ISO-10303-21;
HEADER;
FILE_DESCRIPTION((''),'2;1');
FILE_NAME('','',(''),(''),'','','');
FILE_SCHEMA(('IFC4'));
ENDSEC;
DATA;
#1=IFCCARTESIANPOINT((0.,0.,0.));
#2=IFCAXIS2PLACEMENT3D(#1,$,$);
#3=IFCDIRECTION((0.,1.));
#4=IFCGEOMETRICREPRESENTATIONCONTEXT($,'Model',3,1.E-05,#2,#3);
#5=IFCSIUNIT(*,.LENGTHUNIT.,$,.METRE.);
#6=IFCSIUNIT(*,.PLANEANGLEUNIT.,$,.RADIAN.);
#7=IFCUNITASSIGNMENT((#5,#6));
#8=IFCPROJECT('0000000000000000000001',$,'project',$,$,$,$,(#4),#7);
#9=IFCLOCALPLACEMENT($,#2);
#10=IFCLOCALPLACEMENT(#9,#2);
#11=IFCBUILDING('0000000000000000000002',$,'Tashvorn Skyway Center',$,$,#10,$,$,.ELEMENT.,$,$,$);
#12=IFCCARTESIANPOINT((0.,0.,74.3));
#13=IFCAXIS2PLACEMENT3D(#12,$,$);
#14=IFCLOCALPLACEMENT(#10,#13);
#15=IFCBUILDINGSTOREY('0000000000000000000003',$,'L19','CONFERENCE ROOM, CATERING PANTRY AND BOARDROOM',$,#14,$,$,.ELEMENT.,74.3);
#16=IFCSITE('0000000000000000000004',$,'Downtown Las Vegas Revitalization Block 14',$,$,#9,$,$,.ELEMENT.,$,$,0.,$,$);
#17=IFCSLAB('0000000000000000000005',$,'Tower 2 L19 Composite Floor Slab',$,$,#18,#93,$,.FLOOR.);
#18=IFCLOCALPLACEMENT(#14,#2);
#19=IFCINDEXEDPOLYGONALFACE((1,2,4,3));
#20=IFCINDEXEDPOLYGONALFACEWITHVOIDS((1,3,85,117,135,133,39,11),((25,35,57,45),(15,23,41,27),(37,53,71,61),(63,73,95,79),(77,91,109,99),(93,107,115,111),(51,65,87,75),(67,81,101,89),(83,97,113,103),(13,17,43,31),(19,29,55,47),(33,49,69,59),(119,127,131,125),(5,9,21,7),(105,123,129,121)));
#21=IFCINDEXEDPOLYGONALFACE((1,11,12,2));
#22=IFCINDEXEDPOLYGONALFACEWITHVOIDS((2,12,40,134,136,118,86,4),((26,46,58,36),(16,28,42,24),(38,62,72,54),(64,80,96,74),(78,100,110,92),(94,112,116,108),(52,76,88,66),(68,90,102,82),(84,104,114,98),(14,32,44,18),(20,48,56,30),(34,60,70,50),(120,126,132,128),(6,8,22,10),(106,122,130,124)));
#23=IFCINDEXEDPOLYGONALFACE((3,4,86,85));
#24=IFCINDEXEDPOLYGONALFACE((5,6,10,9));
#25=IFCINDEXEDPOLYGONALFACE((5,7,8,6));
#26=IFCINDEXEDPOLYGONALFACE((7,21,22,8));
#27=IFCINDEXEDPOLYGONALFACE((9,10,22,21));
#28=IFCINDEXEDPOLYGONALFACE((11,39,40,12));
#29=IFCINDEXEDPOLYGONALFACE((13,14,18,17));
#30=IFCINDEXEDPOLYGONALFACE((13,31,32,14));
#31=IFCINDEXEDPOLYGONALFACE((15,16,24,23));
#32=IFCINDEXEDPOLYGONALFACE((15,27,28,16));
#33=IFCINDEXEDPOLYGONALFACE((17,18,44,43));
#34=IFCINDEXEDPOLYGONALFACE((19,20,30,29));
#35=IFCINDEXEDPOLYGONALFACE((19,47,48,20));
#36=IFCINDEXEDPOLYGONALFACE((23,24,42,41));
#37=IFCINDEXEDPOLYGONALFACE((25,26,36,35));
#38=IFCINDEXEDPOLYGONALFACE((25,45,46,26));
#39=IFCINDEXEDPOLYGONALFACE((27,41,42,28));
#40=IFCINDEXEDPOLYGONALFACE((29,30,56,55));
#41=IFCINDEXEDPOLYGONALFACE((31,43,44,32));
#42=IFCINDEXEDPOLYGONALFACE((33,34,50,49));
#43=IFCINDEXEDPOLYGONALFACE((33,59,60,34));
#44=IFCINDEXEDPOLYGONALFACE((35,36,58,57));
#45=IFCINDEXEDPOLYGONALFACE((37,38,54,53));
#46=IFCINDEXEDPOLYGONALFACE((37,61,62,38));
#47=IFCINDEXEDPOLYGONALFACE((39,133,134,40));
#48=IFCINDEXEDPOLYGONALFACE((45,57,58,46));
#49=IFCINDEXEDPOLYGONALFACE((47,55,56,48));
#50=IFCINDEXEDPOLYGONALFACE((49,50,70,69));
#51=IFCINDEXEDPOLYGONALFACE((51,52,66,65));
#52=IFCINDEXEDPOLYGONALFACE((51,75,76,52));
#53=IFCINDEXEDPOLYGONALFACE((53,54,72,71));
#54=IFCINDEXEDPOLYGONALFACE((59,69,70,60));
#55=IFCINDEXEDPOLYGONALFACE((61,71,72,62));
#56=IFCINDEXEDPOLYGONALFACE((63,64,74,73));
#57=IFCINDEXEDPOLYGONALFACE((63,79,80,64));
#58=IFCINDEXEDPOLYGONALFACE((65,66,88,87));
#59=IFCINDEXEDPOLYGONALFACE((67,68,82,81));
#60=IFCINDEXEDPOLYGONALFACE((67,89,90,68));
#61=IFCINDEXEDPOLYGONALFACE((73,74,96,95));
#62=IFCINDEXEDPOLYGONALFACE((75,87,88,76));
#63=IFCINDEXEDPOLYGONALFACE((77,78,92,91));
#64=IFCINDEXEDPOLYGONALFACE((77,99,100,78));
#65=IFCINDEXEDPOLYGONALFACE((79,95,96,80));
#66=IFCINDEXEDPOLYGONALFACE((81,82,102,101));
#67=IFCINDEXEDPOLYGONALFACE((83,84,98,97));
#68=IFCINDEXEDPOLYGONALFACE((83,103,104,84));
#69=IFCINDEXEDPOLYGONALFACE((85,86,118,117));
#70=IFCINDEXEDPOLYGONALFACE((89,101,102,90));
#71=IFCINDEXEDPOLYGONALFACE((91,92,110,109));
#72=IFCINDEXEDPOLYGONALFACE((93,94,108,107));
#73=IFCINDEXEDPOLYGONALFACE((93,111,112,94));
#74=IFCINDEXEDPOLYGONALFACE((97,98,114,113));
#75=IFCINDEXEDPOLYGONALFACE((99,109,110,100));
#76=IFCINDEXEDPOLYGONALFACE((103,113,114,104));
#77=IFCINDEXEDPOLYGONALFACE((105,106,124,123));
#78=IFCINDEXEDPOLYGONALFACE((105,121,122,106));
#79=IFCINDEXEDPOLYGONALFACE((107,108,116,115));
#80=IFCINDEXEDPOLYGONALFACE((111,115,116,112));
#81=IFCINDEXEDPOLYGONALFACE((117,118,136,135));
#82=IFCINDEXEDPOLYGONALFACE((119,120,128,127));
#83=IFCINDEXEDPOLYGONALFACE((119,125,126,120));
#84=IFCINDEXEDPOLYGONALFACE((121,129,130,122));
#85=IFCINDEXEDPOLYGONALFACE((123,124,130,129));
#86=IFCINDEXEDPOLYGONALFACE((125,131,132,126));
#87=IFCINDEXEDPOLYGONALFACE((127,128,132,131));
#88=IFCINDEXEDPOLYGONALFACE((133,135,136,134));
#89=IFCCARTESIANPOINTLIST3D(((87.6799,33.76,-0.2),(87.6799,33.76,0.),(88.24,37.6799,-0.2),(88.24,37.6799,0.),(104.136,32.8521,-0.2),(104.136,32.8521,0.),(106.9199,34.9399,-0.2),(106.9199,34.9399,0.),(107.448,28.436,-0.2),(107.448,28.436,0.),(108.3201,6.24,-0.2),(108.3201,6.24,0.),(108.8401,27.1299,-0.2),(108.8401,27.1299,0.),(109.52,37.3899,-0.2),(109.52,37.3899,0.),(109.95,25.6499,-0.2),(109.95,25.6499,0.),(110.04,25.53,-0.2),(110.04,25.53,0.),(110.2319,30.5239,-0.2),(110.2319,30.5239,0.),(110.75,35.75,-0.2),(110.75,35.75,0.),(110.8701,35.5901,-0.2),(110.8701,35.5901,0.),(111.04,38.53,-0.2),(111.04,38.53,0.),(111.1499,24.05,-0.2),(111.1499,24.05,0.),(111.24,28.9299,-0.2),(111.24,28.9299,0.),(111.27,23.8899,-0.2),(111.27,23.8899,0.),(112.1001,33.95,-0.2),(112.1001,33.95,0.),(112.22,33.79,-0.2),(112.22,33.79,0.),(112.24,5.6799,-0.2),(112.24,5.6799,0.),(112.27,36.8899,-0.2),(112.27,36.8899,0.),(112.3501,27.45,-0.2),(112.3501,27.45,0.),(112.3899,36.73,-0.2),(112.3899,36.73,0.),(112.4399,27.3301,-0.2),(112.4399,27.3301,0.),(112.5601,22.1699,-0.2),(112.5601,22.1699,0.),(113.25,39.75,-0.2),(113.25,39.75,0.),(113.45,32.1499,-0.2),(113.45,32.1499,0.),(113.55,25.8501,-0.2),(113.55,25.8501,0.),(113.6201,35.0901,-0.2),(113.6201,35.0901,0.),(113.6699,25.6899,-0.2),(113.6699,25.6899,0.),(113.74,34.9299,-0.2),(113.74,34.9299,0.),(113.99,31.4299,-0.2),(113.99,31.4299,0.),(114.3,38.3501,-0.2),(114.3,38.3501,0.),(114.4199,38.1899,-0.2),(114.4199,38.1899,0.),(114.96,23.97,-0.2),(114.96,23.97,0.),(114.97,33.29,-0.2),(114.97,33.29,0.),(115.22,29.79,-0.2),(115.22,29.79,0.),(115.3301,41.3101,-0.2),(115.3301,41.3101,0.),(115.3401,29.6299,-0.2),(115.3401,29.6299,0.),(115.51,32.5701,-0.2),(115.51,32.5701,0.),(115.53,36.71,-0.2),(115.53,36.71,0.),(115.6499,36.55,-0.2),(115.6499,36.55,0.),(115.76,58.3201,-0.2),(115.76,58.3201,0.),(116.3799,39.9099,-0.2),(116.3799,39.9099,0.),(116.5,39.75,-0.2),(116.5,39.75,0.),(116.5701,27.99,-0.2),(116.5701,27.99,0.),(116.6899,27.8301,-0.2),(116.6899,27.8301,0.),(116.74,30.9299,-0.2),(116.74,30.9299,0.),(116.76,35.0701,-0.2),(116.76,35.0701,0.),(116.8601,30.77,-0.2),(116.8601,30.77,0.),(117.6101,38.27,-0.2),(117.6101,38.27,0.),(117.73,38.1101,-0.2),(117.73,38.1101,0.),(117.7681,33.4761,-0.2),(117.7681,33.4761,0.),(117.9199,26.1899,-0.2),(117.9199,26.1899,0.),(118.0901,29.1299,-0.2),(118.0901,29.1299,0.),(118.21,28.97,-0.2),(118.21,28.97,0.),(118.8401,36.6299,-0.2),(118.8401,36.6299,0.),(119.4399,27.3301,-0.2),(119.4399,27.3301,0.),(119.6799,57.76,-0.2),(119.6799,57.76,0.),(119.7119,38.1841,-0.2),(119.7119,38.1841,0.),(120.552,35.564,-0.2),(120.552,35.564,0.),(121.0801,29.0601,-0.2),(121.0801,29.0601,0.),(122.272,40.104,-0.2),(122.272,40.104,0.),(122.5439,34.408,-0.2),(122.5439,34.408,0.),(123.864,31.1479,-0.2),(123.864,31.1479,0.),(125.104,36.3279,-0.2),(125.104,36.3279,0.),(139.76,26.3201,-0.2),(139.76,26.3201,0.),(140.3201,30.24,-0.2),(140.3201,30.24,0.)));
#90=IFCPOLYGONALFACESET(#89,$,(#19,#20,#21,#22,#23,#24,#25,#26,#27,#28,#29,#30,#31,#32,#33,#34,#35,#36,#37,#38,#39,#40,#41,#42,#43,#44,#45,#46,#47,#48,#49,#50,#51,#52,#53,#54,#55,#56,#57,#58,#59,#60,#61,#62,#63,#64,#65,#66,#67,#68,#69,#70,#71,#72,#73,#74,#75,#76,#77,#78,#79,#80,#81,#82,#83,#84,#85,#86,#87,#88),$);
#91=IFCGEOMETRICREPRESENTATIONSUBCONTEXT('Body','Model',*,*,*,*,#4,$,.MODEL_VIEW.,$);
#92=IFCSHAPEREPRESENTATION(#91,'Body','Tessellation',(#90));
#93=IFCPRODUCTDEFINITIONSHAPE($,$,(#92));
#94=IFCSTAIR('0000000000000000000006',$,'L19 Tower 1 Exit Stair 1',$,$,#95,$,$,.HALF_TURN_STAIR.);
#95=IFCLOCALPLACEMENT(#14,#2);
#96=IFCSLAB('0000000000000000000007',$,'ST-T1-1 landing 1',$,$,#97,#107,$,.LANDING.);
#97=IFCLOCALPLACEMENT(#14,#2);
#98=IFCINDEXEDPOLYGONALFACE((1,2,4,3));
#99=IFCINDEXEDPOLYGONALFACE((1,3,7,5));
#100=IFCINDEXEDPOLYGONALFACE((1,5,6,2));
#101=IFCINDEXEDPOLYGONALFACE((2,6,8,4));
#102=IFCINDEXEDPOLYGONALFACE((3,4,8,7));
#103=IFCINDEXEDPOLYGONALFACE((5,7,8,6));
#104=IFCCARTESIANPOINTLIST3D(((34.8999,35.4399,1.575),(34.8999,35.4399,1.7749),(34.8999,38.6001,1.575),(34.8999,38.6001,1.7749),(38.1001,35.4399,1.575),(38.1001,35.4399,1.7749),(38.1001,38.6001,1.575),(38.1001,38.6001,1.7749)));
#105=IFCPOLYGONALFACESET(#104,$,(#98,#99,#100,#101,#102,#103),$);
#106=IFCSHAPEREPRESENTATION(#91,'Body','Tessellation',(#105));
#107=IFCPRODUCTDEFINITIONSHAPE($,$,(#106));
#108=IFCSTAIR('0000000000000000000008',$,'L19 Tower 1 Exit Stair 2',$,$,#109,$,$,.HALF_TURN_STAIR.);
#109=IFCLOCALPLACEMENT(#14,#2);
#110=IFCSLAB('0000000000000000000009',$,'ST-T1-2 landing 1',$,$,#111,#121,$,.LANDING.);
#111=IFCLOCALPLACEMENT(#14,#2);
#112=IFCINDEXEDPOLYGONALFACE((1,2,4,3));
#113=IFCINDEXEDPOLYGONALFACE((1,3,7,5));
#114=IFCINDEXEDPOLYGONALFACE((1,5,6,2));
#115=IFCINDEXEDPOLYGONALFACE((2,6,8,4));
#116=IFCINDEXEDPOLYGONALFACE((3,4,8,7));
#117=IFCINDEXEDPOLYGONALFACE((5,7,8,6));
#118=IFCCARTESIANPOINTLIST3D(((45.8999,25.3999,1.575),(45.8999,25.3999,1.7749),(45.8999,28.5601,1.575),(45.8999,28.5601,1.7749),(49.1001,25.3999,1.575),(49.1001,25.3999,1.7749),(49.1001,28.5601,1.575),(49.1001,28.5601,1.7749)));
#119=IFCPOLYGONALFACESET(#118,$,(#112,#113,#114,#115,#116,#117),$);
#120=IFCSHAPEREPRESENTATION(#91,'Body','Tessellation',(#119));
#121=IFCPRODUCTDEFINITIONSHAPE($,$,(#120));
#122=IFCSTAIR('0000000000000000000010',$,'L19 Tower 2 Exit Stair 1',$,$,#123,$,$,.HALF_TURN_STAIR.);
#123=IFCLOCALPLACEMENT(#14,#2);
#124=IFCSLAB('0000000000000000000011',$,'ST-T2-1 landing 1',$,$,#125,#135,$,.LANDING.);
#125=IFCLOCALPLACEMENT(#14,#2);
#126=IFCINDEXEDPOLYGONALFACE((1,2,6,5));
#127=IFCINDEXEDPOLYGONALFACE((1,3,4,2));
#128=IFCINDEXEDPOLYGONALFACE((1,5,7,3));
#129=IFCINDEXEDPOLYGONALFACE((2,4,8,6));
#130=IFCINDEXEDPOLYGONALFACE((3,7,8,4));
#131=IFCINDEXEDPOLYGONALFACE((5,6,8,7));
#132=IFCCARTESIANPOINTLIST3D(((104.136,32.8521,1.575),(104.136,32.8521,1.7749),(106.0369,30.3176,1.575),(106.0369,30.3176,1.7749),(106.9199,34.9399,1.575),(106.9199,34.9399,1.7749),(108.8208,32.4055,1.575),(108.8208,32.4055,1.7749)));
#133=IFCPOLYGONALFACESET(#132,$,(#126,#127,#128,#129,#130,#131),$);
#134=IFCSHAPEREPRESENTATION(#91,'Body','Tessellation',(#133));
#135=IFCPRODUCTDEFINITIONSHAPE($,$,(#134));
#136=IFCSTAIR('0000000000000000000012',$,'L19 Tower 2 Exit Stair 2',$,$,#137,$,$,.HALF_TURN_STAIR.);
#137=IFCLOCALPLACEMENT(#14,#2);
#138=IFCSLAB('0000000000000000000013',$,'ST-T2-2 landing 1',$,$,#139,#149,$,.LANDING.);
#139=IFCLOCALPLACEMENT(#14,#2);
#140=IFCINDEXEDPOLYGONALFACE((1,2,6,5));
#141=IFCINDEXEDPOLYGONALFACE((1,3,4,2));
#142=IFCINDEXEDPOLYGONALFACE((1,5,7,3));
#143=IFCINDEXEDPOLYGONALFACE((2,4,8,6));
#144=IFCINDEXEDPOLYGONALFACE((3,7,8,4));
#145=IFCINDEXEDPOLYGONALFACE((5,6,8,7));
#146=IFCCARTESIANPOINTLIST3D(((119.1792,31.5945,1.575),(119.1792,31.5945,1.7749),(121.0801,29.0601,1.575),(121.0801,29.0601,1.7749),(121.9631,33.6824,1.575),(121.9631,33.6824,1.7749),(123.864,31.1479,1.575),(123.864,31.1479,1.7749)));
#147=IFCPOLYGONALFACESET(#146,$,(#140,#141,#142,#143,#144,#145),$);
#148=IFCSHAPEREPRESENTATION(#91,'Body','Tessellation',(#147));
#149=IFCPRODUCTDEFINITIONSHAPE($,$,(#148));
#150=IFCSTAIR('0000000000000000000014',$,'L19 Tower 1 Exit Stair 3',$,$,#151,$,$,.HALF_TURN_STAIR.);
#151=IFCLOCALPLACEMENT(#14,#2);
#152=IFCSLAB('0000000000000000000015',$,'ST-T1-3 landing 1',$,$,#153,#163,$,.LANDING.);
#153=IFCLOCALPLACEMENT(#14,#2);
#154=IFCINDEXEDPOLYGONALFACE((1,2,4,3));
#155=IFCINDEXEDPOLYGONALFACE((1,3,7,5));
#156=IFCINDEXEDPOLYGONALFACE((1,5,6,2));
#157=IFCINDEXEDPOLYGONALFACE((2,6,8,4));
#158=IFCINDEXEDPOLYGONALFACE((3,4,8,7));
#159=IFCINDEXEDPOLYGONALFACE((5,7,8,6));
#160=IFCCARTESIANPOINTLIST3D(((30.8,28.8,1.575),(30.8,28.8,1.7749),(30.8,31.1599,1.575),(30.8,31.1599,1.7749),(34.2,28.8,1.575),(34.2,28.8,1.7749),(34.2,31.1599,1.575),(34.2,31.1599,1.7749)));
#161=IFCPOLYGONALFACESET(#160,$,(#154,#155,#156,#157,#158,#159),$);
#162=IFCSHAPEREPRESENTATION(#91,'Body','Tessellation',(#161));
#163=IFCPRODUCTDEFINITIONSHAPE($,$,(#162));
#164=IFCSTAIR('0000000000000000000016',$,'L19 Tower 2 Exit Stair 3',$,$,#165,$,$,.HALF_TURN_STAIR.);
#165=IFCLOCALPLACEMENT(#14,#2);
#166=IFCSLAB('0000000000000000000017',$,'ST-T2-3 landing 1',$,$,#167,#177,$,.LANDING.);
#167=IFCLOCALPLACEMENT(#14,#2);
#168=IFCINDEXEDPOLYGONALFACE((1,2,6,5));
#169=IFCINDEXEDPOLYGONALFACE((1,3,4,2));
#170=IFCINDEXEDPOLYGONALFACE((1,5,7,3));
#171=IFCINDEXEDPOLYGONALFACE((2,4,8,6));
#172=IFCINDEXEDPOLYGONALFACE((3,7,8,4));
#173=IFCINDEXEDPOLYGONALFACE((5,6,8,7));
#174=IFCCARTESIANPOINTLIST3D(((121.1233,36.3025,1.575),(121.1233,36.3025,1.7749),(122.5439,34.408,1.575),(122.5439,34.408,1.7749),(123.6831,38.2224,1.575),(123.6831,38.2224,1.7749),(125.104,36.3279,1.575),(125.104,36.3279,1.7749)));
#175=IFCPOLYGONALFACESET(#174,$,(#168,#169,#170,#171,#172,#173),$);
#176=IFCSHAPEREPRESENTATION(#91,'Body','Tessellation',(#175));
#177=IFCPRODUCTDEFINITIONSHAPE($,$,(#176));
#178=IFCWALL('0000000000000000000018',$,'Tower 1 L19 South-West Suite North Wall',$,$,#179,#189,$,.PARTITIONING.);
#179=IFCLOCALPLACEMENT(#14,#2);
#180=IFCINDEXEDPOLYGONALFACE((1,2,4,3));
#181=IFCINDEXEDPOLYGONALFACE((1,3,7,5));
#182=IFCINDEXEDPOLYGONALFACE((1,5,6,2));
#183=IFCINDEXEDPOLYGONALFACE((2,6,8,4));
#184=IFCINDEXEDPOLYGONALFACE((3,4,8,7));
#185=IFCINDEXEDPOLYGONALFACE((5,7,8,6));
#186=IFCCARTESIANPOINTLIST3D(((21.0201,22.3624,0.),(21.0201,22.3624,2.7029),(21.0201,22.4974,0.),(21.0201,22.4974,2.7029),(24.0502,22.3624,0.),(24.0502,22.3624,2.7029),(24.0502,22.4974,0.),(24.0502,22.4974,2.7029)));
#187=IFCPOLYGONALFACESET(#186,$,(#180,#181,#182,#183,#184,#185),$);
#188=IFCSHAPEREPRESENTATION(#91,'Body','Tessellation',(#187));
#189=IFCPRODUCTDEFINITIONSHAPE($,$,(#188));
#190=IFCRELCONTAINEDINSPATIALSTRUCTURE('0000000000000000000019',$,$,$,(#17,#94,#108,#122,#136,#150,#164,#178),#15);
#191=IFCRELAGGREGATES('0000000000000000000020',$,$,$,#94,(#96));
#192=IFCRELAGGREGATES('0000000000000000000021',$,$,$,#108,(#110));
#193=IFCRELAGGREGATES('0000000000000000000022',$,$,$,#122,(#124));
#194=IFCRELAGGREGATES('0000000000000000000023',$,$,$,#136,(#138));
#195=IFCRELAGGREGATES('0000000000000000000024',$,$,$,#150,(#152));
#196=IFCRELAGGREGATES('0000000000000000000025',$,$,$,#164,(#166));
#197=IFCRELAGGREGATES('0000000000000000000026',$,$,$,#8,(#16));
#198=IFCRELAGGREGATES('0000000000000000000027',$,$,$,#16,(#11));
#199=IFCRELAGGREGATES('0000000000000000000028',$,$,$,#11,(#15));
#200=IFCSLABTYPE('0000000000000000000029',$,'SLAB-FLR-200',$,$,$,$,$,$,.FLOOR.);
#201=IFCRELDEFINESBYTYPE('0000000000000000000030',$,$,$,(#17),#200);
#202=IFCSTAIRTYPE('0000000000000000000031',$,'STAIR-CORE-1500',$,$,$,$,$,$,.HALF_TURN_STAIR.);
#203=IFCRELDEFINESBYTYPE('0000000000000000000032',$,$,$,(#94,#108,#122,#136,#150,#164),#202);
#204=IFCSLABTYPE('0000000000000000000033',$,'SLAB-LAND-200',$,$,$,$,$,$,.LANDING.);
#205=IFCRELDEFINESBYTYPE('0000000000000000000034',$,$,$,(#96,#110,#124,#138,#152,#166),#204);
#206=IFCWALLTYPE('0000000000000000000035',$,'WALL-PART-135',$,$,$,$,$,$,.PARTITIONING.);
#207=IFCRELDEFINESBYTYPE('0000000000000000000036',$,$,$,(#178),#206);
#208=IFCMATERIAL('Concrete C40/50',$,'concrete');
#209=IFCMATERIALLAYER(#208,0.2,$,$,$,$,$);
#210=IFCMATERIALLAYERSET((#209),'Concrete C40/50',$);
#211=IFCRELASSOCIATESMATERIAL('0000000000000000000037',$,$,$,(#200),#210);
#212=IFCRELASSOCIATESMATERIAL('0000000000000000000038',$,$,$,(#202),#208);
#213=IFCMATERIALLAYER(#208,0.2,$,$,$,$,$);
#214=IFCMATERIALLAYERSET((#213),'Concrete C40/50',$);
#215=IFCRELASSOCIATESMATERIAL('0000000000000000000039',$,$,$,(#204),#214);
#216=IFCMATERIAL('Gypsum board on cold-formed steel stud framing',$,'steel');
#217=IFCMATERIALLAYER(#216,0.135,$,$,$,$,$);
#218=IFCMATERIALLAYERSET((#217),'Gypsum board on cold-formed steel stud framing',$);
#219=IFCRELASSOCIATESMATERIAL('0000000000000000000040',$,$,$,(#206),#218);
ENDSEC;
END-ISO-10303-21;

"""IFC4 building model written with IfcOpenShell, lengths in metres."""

from ifc_helpers import new_model, si_unit, direction, frame, frame_2d, origin, place, context, subcontext, project, spatial, polyline, rectangle, outline, extrude, material, layer, layer_set, type_object, element, aggregate, save


model = new_model("IFC4")

# Units and contexts
model_context = context("Model", 3, precision=1e-05, world=origin(), true_north=direction((0.0, 1.0)))
body_context = subcontext(model_context, "Body", "Model", "MODEL_VIEW")
ifc_project = project(units=[si_unit("LENGTHUNIT", "METRE"), si_unit("PLANEANGLEUNIT", "RADIAN")], contexts=[model_context])

# Site, building, storey
site_placement = place(None, origin())
site = spatial("IfcSite", under=ifc_project, at=site_placement, Name="Downtown Las Vegas Revitalization Block 14", CompositionType="ELEMENT", RefElevation=0.0)
building_placement = place(site_placement, origin())
building = spatial("IfcBuilding", under=site, at=building_placement, Name="Tashvorn Skyway Center", CompositionType="ELEMENT")
storey_placement = place(building_placement, frame((0.0, 0.0, 74.3)))
storey = spatial("IfcBuildingStorey", under=building, at=storey_placement, Name="L19", Description="CONFERENCE ROOM, CATERING PANTRY AND BOARDROOM", CompositionType="ELEMENT", Elevation=74.3)

# Slab
ifc_material_1 = material(Name="Concrete C40/50", Category="concrete")
ifc_layer_1 = layer(ifc_material_1, 0.2)
ifc_layer_set_1 = layer_set([ifc_layer_1], Name="Concrete C40/50")
slab_type_1 = type_object("IfcSlabType", Name="SLAB-FLR-200", PredefinedType="FLOOR", material=ifc_layer_set_1)
slab_1_placement = place(storey_placement, frame((0.0, 0.0, -0.2)))
element("IfcSlab", 1, at=slab_1_placement, inside=storey, type_object=slab_type_1, Name="Tower 2 L19 Composite Floor Slab", PredefinedType="FLOOR", context=body_context, shape_type="SweptSolid", body=[
    extrude(outline(polyline([(112.24, 5.6799), (139.76, 26.3201), (140.3201, 30.24), (119.6799, 57.76), (115.76, 58.3201), (88.24, 37.6799), (87.6799, 33.76), (108.3201, 6.24), (112.24, 5.6799)]), holes=[polyline([(110.2319, 30.5239), (106.9199, 34.9399), (104.136, 32.8521), (107.448, 28.436), (110.2319, 30.5239)]), polyline([(117.7681, 33.4761), (121.0801, 29.0601), (123.864, 31.1479), (120.552, 35.564), (117.7681, 33.4761)]), polyline([(119.7119, 38.1841), (122.5439, 34.408), (125.104, 36.3279), (122.272, 40.104), (119.7119, 38.1841)]), polyline([(109.95, 25.6499), (112.3501, 27.45), (111.24, 28.9299), (108.8401, 27.1299), (109.95, 25.6499)]), polyline([(111.1499, 24.05), (113.55, 25.8501), (112.4399, 27.3301), (110.04, 25.53), (111.1499, 24.05)]), polyline([(112.5601, 22.1699), (114.96, 23.97), (113.6699, 25.6899), (111.27, 23.8899), (112.5601, 22.1699)]), polyline([(117.9199, 26.1899), (119.4399, 27.3301), (118.21, 28.97), (116.6899, 27.8301), (117.9199, 26.1899)]), polyline([(116.5701, 27.99), (118.0901, 29.1299), (116.8601, 30.77), (115.3401, 29.6299), (116.5701, 27.99)]), polyline([(115.22, 29.79), (116.74, 30.9299), (115.51, 32.5701), (113.99, 31.4299), (115.22, 29.79)]), polyline([(113.45, 32.1499), (114.97, 33.29), (113.74, 34.9299), (112.22, 33.79), (113.45, 32.1499)]), polyline([(112.1001, 33.95), (113.6201, 35.0901), (112.3899, 36.73), (110.8701, 35.5901), (112.1001, 33.95)]), polyline([(110.75, 35.75), (112.27, 36.8899), (111.04, 38.53), (109.52, 37.3899), (110.75, 35.75)]), polyline([(116.76, 35.0701), (118.8401, 36.6299), (117.73, 38.1101), (115.6499, 36.55), (116.76, 35.0701)]), polyline([(115.53, 36.71), (117.6101, 38.27), (116.5, 39.75), (114.4199, 38.1899), (115.53, 36.71)]), polyline([(114.3, 38.3501), (116.3799, 39.9099), (115.3301, 41.3101), (113.25, 39.75), (114.3, 38.3501)])]), origin(), (0.0, 0.0, 1.0), 0.2),
])

# Stairs, slabs
stair_type = type_object("IfcStairType", Name="STAIR-CORE-1500", PredefinedType="HALF_TURN_STAIR", material=ifc_material_1)
stair_1_placement = place(storey_placement, origin())
stair_1 = element("IfcStair", 2, at=stair_1_placement, inside=storey, type_object=stair_type, Name="L19 Tower 1 Exit Stair 1", PredefinedType="HALF_TURN_STAIR")
ifc_layer_2 = layer(ifc_material_1, 0.2)
ifc_layer_set_2 = layer_set([ifc_layer_2], Name="Concrete C40/50")
slab_type_2 = type_object("IfcSlabType", Name="SLAB-LAND-200", PredefinedType="LANDING", material=ifc_layer_set_2)
slab_2_placement = place(storey_placement, frame((0.0, 0.0, 1.575)))
slab_2 = element("IfcSlab", 3, at=slab_2_placement, type_object=slab_type_2, Name="ST-T1-1 landing 1", PredefinedType="LANDING", context=body_context, shape_type="SweptSolid", body=[
    extrude(outline(polyline([(38.1001, 35.4399), (38.1001, 38.6001), (34.8999, 38.6001), (34.8999, 35.4399), (38.1001, 35.4399)])), origin(), (0.0, 0.0, 1.0), 0.2),
])
aggregate(stair_1, [slab_2])
stair_2_placement = place(storey_placement, origin())
stair_2 = element("IfcStair", 4, at=stair_2_placement, inside=storey, type_object=stair_type, Name="L19 Tower 1 Exit Stair 2", PredefinedType="HALF_TURN_STAIR")
slab_3_placement = place(storey_placement, frame((0.0, 0.0, 1.575)))
slab_3 = element("IfcSlab", 5, at=slab_3_placement, type_object=slab_type_2, Name="ST-T1-2 landing 1", PredefinedType="LANDING", context=body_context, shape_type="SweptSolid", body=[
    extrude(outline(polyline([(45.8999, 28.5601), (45.8999, 25.3999), (49.1001, 25.3999), (49.1001, 28.5601), (45.8999, 28.5601)])), origin(), (0.0, 0.0, 1.0), 0.2),
])
aggregate(stair_2, [slab_3])
stair_3_placement = place(storey_placement, origin())
stair_3 = element("IfcStair", 6, at=stair_3_placement, inside=storey, type_object=stair_type, Name="L19 Tower 2 Exit Stair 1", PredefinedType="HALF_TURN_STAIR")
slab_4_placement = place(storey_placement, frame((0.0, 0.0, 1.575)))
slab_4 = element("IfcSlab", 7, at=slab_4_placement, type_object=slab_type_2, Name="ST-T2-1 landing 1", PredefinedType="LANDING", context=body_context, shape_type="SweptSolid", body=[
    extrude(outline(polyline([(108.8208, 32.4055), (106.9199, 34.9399), (104.136, 32.8521), (106.0369, 30.3176), (108.8208, 32.4055)])), origin(), (0.0, 0.0, 1.0), 0.2),
])
aggregate(stair_3, [slab_4])
stair_4_placement = place(storey_placement, origin())
stair_4 = element("IfcStair", 8, at=stair_4_placement, inside=storey, type_object=stair_type, Name="L19 Tower 2 Exit Stair 2", PredefinedType="HALF_TURN_STAIR")
slab_5_placement = place(storey_placement, frame((0.0, 0.0, 1.575)))
slab_5 = element("IfcSlab", 9, at=slab_5_placement, type_object=slab_type_2, Name="ST-T2-2 landing 1", PredefinedType="LANDING", context=body_context, shape_type="SweptSolid", body=[
    extrude(outline(polyline([(119.1792, 31.5945), (121.0801, 29.0601), (123.864, 31.1479), (121.9631, 33.6824), (119.1792, 31.5945)])), origin(), (0.0, 0.0, 1.0), 0.2),
])
aggregate(stair_4, [slab_5])
stair_5_placement = place(storey_placement, origin())
stair_5 = element("IfcStair", 10, at=stair_5_placement, inside=storey, type_object=stair_type, Name="L19 Tower 1 Exit Stair 3", PredefinedType="HALF_TURN_STAIR")
slab_6_placement = place(storey_placement, frame((0.0, 0.0, 1.575)))
slab_6 = element("IfcSlab", 11, at=slab_6_placement, type_object=slab_type_2, Name="ST-T1-3 landing 1", PredefinedType="LANDING", context=body_context, shape_type="SweptSolid", body=[
    extrude(outline(polyline([(30.8, 31.1599), (30.8, 28.8), (34.2, 28.8), (34.2, 31.1599), (30.8, 31.1599)])), origin(), (0.0, 0.0, 1.0), 0.2),
])
aggregate(stair_5, [slab_6])
stair_6_placement = place(storey_placement, origin())
stair_6 = element("IfcStair", 12, at=stair_6_placement, inside=storey, type_object=stair_type, Name="L19 Tower 2 Exit Stair 3", PredefinedType="HALF_TURN_STAIR")
slab_7_placement = place(storey_placement, frame((0.0, 0.0, 1.575)))
slab_7 = element("IfcSlab", 13, at=slab_7_placement, type_object=slab_type_2, Name="ST-T2-3 landing 1", PredefinedType="LANDING", context=body_context, shape_type="SweptSolid", body=[
    extrude(outline(polyline([(121.1233, 36.3025), (122.5439, 34.408), (125.104, 36.3279), (123.6831, 38.2224), (121.1233, 36.3025)])), origin(), (0.0, 0.0, 1.0), 0.2),
])
aggregate(stair_6, [slab_7])

# Wall
ifc_material_2 = material(Name="Gypsum board on cold-formed steel stud framing", Category="steel")
ifc_layer_3 = layer(ifc_material_2, 0.135)
ifc_layer_set_3 = layer_set([ifc_layer_3], Name="Gypsum board on cold-formed steel stud framing")
wall_type = type_object("IfcWallType", Name="WALL-PART-135", PredefinedType="PARTITIONING", material=ifc_layer_set_3)
wall_placement = place(storey_placement, frame((21.02, 22.4299, 0.0), z_axis=(0.0, 0.0, 1.0), x_axis=(1.0, 0.0, 0.0)))
element("IfcWall", 14, at=wall_placement, inside=storey, type_object=wall_type, Name="Tower 1 L19 South-West Suite North Wall", PredefinedType="PARTITIONING", context=body_context, shape_type="SweptSolid", body=[
    extrude(rectangle(XDim=3.03, YDim=0.135, at=frame_2d((1.5151, 0.0))), origin(), (0.0, 0.0, 1.0), 2.7029),
])

save(model, "model.ifc")
